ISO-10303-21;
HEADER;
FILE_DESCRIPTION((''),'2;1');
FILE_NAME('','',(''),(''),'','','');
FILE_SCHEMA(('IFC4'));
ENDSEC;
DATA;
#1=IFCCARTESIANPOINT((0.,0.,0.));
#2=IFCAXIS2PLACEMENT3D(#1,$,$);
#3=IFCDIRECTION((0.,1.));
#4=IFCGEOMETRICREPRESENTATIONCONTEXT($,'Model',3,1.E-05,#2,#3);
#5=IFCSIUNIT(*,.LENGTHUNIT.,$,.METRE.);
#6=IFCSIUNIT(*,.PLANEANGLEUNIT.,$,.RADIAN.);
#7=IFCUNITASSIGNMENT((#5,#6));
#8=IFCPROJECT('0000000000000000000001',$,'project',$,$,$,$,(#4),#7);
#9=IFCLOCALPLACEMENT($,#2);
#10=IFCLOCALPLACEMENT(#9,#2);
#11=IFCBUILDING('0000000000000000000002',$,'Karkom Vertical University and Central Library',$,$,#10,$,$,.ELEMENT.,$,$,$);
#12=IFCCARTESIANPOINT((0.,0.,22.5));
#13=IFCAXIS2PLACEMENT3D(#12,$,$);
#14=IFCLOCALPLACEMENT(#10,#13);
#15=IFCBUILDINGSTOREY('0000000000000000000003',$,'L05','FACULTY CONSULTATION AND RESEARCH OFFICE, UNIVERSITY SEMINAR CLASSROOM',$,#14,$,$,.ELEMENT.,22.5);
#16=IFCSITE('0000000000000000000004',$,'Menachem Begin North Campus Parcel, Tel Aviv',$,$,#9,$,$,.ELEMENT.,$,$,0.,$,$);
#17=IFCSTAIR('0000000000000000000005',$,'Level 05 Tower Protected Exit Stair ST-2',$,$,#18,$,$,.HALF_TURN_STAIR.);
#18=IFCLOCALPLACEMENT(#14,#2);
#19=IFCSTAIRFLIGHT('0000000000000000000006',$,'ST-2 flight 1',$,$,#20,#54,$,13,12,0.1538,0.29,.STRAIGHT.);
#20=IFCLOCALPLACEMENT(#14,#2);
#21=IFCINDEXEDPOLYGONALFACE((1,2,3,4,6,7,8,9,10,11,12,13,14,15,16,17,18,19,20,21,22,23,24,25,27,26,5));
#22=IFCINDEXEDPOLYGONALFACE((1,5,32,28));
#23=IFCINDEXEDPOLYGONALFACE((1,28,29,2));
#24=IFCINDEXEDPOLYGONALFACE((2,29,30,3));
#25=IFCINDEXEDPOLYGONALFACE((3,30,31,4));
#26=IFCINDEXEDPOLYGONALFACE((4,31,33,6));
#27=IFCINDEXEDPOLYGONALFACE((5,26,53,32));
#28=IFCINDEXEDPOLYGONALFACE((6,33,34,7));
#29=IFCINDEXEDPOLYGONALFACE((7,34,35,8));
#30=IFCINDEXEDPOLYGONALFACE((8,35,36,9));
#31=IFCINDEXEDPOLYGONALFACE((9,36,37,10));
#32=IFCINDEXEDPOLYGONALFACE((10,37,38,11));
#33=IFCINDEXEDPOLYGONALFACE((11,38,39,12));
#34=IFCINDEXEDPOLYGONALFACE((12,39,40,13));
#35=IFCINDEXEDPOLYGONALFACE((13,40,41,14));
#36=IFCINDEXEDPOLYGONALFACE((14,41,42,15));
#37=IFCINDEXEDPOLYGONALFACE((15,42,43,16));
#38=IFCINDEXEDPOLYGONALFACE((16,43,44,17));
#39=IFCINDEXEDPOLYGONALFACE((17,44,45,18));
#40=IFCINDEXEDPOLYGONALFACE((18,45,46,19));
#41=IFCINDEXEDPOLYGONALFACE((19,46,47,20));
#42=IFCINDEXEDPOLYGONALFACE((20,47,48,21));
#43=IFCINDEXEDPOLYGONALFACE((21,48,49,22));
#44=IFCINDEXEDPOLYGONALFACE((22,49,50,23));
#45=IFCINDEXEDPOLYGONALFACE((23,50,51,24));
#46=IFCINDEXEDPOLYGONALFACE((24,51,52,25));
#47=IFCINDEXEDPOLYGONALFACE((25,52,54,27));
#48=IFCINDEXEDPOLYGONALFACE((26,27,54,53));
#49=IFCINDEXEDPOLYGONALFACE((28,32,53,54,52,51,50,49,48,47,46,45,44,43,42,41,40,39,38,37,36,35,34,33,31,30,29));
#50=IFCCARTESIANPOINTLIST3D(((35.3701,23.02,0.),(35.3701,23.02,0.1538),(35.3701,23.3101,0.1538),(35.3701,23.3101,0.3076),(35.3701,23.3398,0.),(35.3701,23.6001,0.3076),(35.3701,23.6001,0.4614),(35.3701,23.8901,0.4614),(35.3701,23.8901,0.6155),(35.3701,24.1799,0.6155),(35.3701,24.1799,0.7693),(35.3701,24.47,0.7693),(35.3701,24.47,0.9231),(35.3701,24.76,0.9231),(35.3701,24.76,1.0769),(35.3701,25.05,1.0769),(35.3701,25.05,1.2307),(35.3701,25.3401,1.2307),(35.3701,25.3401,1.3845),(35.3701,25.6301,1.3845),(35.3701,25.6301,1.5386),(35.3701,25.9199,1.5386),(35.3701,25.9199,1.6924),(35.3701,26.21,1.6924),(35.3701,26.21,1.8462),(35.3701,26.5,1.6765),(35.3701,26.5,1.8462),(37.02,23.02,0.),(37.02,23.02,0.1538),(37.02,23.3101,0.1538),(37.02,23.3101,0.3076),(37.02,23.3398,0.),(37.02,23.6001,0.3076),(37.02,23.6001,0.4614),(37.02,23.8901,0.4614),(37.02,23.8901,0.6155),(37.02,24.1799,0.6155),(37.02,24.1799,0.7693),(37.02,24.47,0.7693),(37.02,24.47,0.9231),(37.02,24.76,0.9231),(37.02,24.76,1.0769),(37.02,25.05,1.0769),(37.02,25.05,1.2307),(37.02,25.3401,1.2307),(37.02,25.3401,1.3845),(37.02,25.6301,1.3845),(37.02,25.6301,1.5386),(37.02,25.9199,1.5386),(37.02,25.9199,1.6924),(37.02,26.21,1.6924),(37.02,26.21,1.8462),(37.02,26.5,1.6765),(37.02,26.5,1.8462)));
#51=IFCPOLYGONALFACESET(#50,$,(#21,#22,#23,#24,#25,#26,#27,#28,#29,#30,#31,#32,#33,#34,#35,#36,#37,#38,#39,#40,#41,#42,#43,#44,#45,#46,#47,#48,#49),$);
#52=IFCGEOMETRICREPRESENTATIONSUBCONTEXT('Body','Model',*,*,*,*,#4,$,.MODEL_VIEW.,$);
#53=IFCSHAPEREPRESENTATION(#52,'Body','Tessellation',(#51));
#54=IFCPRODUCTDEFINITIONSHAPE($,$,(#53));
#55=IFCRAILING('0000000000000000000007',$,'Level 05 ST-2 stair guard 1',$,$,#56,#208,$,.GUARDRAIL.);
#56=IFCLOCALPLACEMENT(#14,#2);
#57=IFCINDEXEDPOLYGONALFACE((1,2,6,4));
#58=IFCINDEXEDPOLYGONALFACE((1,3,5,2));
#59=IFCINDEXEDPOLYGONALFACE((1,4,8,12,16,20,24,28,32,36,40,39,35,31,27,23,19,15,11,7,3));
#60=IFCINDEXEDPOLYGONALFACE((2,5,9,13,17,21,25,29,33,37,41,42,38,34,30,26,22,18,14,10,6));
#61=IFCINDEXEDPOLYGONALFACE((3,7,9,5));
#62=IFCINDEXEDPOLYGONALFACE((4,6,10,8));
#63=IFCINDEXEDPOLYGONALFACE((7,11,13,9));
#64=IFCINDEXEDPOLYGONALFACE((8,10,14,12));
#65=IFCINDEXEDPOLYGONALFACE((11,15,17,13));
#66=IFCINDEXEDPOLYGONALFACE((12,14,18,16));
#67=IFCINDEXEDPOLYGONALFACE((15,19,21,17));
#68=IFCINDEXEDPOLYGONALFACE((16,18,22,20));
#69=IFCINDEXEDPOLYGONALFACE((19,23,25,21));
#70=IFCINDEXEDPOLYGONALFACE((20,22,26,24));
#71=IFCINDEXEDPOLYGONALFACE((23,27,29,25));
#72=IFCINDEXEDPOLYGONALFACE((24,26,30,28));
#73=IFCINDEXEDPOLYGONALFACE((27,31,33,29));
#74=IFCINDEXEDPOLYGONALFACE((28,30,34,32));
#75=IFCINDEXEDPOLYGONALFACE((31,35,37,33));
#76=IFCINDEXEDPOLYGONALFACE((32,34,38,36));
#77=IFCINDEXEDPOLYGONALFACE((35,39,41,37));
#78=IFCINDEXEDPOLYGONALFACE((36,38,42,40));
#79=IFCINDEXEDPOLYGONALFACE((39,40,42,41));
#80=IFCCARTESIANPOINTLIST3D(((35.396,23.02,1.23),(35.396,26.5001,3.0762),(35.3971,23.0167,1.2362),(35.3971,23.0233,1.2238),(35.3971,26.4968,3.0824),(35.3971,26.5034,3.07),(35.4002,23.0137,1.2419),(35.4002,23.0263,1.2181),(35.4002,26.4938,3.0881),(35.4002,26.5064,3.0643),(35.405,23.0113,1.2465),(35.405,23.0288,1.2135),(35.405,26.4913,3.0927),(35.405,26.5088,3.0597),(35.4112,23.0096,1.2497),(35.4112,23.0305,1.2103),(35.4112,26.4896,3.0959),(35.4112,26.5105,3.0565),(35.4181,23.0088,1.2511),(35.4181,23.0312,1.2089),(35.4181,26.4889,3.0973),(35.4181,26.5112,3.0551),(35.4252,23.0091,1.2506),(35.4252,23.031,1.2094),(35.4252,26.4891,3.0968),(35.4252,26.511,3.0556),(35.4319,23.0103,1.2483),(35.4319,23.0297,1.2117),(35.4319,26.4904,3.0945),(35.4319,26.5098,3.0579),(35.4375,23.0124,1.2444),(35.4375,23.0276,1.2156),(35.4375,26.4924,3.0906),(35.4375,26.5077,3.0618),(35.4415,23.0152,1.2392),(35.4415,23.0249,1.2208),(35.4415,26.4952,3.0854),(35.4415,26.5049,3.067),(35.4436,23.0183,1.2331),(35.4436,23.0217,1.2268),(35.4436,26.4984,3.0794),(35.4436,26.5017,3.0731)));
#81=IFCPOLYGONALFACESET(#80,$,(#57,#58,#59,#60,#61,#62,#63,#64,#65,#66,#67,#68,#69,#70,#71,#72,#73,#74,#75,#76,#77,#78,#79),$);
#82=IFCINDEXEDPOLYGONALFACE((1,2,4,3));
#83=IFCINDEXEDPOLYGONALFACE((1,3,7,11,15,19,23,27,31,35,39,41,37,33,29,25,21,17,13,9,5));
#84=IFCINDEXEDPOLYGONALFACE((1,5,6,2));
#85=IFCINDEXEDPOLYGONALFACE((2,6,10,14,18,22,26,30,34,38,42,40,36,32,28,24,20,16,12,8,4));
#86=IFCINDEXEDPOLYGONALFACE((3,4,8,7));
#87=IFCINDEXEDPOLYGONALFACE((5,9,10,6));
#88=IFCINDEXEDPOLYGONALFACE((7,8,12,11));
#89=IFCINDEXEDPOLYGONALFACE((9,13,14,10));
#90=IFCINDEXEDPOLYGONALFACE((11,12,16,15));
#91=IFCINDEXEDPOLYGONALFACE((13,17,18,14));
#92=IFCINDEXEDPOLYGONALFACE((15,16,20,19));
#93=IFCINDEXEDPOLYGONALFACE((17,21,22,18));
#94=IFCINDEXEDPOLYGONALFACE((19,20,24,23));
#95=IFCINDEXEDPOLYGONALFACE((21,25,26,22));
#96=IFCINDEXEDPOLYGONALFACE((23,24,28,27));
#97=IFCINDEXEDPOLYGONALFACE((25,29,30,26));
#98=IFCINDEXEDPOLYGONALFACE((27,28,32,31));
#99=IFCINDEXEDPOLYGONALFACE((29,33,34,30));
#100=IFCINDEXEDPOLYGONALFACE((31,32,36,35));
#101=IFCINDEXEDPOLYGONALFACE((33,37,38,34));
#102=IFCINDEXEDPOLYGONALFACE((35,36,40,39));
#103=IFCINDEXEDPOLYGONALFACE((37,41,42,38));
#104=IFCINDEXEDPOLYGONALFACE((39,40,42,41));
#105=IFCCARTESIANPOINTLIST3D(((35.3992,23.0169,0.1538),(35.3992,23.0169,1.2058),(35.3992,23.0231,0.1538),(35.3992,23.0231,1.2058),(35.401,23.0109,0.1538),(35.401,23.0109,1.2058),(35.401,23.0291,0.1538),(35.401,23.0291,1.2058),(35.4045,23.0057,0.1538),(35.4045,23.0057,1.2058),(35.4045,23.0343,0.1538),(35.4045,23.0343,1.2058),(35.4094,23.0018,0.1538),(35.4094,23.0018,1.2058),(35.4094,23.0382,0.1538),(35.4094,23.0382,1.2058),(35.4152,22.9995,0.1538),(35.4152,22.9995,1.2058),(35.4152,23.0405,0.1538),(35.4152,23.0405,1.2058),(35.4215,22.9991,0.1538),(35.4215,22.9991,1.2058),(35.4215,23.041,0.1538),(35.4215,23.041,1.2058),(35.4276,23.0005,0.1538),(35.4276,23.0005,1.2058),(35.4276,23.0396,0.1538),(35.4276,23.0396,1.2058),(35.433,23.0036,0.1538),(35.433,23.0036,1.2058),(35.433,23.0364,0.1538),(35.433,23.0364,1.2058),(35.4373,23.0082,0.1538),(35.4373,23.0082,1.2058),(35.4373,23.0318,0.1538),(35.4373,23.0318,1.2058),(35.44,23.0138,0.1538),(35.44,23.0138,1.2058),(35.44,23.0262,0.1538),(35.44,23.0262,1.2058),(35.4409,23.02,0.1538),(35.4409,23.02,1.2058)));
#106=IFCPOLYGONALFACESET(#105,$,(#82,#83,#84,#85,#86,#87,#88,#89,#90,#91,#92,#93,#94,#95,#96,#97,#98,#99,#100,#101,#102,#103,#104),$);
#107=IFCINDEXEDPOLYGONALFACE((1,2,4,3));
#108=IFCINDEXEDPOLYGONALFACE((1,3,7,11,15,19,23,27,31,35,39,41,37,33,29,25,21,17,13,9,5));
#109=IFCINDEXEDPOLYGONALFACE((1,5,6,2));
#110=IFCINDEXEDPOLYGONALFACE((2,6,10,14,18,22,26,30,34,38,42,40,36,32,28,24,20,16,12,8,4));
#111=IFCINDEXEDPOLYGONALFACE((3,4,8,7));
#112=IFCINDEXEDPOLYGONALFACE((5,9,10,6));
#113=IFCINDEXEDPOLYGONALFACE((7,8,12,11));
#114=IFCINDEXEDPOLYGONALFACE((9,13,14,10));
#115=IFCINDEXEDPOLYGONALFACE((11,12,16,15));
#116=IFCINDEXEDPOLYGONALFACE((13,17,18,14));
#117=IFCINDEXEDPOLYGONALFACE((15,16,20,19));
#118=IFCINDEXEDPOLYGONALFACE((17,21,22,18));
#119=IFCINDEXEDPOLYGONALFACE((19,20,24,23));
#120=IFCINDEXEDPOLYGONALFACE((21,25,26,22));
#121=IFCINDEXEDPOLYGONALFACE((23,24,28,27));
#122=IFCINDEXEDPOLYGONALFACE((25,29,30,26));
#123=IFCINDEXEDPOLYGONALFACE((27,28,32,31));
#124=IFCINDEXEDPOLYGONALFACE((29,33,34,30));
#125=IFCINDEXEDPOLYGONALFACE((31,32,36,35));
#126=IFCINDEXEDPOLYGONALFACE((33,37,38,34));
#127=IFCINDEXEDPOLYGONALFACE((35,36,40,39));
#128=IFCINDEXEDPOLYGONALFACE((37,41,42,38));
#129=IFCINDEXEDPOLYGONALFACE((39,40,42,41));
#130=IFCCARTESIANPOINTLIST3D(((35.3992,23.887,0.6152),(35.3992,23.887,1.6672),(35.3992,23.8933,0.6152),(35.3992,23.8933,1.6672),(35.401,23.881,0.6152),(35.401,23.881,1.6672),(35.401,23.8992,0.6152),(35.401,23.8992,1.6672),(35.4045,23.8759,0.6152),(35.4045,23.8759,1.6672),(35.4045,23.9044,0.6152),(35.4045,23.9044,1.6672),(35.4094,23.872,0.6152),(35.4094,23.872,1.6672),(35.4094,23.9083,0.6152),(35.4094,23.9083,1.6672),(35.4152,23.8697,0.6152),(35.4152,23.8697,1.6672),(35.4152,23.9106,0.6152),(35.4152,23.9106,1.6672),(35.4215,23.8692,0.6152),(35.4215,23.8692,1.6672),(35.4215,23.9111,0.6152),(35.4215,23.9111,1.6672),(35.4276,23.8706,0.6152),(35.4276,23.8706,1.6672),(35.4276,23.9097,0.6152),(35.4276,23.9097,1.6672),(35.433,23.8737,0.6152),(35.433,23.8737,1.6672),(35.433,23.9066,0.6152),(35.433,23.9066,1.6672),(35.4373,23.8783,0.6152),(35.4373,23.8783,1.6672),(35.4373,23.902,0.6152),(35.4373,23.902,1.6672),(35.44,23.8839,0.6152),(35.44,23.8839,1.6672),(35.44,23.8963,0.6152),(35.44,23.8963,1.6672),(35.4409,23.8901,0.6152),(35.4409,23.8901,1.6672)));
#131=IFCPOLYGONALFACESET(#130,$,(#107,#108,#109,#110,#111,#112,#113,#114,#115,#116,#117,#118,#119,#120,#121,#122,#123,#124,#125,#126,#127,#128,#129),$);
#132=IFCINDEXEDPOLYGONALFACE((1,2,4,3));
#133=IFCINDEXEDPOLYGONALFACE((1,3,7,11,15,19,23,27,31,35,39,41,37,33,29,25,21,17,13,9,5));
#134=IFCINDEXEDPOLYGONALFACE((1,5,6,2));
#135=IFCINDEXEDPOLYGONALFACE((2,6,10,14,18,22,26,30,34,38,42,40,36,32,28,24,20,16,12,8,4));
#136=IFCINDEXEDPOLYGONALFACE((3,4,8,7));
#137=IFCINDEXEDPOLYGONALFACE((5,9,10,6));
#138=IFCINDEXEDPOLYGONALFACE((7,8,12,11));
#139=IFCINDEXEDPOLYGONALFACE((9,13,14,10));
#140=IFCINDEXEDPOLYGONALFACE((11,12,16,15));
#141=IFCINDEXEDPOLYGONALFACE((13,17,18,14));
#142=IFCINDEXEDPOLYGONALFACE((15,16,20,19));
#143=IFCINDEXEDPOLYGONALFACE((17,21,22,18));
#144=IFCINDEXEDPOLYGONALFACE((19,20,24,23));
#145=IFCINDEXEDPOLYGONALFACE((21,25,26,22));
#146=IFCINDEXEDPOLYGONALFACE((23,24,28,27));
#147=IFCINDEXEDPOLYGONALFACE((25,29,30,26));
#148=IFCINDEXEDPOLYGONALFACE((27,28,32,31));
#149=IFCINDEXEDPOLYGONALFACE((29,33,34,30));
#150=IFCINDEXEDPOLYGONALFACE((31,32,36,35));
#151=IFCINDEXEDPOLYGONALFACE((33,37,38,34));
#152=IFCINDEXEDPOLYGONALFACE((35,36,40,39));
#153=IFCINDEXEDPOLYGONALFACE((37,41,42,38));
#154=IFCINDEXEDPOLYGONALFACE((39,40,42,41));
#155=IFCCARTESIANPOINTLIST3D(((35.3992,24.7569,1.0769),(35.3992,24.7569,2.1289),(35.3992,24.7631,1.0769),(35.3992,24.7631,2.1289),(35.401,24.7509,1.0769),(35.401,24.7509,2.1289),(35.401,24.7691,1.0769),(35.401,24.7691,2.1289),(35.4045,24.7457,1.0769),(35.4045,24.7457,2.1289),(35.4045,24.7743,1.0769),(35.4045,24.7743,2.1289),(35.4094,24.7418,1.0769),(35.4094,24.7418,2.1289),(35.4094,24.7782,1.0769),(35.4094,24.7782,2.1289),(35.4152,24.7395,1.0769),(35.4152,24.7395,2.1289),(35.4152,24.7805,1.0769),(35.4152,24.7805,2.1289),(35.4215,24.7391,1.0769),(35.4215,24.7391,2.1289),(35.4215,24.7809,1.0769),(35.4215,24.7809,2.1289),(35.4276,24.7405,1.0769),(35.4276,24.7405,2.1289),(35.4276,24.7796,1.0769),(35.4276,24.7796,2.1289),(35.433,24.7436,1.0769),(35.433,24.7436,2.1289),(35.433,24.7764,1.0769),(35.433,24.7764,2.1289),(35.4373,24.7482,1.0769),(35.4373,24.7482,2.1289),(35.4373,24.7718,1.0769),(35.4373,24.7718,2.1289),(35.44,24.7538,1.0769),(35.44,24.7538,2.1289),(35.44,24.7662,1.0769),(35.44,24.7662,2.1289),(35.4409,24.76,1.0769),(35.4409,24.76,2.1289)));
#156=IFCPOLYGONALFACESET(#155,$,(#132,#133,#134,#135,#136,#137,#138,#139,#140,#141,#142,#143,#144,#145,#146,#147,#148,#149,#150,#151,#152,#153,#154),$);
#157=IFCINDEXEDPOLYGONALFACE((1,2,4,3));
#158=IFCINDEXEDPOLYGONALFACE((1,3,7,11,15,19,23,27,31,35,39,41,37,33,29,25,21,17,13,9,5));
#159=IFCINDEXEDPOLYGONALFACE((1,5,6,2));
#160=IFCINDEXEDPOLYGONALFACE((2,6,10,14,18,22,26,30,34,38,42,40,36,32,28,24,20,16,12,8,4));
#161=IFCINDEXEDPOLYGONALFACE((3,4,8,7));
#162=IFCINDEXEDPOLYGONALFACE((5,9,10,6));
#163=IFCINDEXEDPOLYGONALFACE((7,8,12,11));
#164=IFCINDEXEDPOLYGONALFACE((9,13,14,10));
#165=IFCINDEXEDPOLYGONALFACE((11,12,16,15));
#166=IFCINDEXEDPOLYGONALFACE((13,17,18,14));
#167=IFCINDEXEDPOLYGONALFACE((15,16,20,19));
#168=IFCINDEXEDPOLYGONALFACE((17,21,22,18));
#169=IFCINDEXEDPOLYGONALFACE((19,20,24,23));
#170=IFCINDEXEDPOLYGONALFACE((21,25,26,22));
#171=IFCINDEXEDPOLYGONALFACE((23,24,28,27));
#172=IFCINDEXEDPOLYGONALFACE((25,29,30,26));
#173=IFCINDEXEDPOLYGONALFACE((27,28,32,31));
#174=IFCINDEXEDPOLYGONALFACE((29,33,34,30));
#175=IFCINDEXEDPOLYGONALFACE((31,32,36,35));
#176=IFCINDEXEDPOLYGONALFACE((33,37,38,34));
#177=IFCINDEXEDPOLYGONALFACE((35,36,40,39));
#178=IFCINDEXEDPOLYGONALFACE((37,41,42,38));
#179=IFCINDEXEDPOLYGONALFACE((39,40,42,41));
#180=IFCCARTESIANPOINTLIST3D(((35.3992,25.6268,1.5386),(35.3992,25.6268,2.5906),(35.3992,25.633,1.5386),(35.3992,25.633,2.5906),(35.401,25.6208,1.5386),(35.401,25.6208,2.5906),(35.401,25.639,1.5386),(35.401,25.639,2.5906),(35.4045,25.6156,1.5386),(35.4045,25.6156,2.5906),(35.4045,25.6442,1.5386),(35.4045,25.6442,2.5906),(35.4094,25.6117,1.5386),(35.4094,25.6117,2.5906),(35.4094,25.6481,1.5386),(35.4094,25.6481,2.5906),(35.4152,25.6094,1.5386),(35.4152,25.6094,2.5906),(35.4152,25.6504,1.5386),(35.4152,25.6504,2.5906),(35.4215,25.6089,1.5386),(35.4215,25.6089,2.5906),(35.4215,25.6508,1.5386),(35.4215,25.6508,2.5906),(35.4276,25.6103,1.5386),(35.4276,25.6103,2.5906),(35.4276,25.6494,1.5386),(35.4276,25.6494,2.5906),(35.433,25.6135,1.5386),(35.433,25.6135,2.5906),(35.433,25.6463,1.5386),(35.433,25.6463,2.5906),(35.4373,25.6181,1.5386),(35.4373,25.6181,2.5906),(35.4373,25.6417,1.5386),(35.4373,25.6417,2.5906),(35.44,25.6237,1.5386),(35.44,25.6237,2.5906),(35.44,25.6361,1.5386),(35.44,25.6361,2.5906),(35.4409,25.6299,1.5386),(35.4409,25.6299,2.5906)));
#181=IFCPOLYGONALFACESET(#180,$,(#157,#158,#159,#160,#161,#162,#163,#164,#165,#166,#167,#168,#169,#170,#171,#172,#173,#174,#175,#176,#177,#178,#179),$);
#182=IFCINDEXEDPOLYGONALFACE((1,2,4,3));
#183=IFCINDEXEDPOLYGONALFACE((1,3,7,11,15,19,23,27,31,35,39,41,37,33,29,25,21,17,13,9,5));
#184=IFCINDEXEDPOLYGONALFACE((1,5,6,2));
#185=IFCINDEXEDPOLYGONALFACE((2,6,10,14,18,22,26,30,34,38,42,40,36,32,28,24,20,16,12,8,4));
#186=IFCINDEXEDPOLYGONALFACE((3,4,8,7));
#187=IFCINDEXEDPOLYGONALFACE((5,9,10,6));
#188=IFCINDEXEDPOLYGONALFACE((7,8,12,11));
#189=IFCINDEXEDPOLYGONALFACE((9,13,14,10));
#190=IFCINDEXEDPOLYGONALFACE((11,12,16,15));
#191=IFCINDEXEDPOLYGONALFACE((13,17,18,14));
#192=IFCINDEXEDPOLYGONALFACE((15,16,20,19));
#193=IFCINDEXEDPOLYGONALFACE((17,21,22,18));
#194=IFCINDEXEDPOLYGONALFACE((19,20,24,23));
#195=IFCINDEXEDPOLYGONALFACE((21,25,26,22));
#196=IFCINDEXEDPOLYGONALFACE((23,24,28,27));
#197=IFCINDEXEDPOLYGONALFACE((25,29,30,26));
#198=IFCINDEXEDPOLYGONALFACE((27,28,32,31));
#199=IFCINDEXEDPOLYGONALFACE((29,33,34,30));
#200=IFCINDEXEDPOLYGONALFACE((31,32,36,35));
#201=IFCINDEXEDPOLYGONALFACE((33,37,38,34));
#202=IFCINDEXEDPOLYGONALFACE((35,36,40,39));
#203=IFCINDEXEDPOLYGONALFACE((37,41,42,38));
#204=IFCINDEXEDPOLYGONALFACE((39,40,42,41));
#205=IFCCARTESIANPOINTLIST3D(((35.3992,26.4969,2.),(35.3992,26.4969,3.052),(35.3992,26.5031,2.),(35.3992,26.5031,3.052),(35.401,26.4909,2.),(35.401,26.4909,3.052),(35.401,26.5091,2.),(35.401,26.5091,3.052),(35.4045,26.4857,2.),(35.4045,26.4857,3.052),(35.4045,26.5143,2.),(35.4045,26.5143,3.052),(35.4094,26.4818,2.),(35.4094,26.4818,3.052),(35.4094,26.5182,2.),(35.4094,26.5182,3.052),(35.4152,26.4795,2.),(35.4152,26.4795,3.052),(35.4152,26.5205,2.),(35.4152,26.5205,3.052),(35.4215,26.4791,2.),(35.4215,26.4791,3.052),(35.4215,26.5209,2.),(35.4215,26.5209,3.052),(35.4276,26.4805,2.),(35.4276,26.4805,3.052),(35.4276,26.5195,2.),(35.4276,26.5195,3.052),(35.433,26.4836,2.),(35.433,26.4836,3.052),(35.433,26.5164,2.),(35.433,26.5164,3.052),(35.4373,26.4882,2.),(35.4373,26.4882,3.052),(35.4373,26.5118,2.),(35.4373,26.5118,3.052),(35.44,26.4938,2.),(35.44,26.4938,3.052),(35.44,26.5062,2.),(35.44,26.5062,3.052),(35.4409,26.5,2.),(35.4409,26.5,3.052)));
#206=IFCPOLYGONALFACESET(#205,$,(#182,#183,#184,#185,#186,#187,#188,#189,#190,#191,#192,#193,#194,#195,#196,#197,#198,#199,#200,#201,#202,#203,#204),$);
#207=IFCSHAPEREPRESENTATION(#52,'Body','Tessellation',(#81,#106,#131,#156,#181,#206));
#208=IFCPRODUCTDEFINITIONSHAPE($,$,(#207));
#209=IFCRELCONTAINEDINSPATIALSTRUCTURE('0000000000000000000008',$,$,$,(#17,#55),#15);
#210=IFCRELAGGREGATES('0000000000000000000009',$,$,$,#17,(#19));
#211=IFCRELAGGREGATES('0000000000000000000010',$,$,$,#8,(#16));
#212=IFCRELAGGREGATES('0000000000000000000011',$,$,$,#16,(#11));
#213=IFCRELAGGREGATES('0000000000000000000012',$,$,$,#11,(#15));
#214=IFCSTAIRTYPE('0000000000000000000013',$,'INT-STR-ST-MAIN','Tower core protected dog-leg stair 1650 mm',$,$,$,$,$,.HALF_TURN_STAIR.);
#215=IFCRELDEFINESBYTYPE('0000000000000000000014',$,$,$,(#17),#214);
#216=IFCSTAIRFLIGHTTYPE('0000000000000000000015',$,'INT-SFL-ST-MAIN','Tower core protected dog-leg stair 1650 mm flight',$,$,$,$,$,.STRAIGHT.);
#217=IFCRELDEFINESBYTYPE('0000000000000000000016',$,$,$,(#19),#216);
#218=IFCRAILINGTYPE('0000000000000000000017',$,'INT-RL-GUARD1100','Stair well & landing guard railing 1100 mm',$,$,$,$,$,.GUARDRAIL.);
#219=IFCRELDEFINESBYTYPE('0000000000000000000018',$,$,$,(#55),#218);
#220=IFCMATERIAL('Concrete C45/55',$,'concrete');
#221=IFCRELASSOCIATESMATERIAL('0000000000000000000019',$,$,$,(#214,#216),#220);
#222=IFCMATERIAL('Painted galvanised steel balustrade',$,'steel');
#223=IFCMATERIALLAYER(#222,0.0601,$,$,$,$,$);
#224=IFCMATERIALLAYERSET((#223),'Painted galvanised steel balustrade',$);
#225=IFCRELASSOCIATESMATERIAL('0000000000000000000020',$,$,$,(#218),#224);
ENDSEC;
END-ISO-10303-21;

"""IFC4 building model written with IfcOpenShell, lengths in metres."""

from ifc_helpers import new_model, si_unit, direction, frame, origin, origin_2d, place, context, subcontext, project, spatial, polyline, circle, outline, extrude, material, layer, layer_set, type_object, element, aggregate, save


model = new_model("IFC4")

# Units and contexts
model_context = context("Model", 3, precision=1e-05, world=origin(), true_north=direction((0.0, 1.0)))
body_context = subcontext(model_context, "Body", "Model", "MODEL_VIEW")
ifc_project = project(units=[si_unit("LENGTHUNIT", "METRE"), si_unit("PLANEANGLEUNIT", "RADIAN")], contexts=[model_context])

# Site, building, storey
site_placement = place(None, origin())
site = spatial("IfcSite", under=ifc_project, at=site_placement, Name="Menachem Begin North Campus Parcel, Tel Aviv", CompositionType="ELEMENT", RefElevation=0.0)
building_placement = place(site_placement, origin())
building = spatial("IfcBuilding", under=site, at=building_placement, Name="Karkom Vertical University and Central Library", CompositionType="ELEMENT")
storey_placement = place(building_placement, frame((0.0, 0.0, 22.5)))
storey = spatial("IfcBuildingStorey", under=building, at=storey_placement, Name="L05", Description="FACULTY CONSULTATION AND RESEARCH OFFICE, UNIVERSITY SEMINAR CLASSROOM", CompositionType="ELEMENT", Elevation=22.5)

# Shared definitions
ifc_material_1 = material(Name="Concrete C45/55", Category="concrete")

# Stair, stair flight
stair_type = type_object("IfcStairType", Name="INT-STR-ST-MAIN", Description="Tower core protected dog-leg stair 1650 mm", PredefinedType="HALF_TURN_STAIR", material=ifc_material_1)
stair_placement = place(storey_placement, origin())
stair = element("IfcStair", 1, at=stair_placement, inside=storey, type_object=stair_type, Name="Level 05 Tower Protected Exit Stair ST-2", PredefinedType="HALF_TURN_STAIR")
stair_flight_type = type_object("IfcStairFlightType", Name="INT-SFL-ST-MAIN", Description="Tower core protected dog-leg stair 1650 mm flight", PredefinedType="STRAIGHT", material=ifc_material_1)
stair_flight_placement = place(storey_placement, frame((36.1951, 23.02, 0.0), z_axis=(0.0, 0.0, 1.0), x_axis=(0.0, 1.0, 0.0)))
stair_flight = element("IfcStairFlight", 2, at=stair_flight_placement, type_object=stair_flight_type, Name="ST-2 flight 1", NumberOfRisers=13, NumberOfTreads=12, PredefinedType="STRAIGHT", RiserHeight=0.1538, TreadLength=0.29, context=body_context, shape_type="SweptSolid", body=[
    extrude(outline(polyline([(0.0, 0.0), (0.0, 0.1538), (0.29, 0.1538), (0.29, 0.3076), (0.5801, 0.3076), (0.5801, 0.4614), (0.8701, 0.4614), (0.8701, 0.6155), (1.1599, 0.6155), (1.1599, 0.7693), (1.45, 0.7693), (1.45, 0.9231), (1.74, 0.9231), (1.74, 1.0769), (2.03, 1.0769), (2.03, 1.2307), (2.3201, 1.2307), (2.3201, 1.3845), (2.6101, 1.3845), (2.6101, 1.5386), (2.8999, 1.5386), (2.8999, 1.6924), (3.1899, 1.6924), (3.1899, 1.8462), (3.48, 1.8462), (3.48, 2.0), (3.48, 1.6765), (0.3198, 0.0), (0.0, 0.0)])), frame((0.0, 0.825, 0.0), z_axis=(0.0, -1.0, 0.0), x_axis=(1.0, 0.0, 0.0)), (0.0, 0.0, 1.0), 1.6499),
])
aggregate(stair, [stair_flight])

# Railing
ifc_material_2 = material(Name="Painted galvanised steel balustrade", Category="steel")
ifc_layer_1 = layer(ifc_material_2, 0.0601)
ifc_layer_set_1 = layer_set([ifc_layer_1], Name="Painted galvanised steel balustrade")
railing_type_1 = type_object("IfcRailingType", Name="INT-RL-GUARD1100", Description="Stair well & landing guard railing 1100 mm", PredefinedType="GUARDRAIL", material=ifc_layer_set_1)
railing_1_placement = place(storey_placement, frame((35.4199, 23.02, 0.1538)))
element("IfcRailing", 3, at=railing_1_placement, inside=storey, type_object=railing_type_1, Name="Level 05 ST-2 stair guard 1", PredefinedType="GUARDRAIL", context=body_context, shape_type="SweptSolid", body=[
    extrude(circle(Radius=0.0239, at=origin_2d()), frame((0.0, 0.0, 1.0762), z_axis=(0.0, 0.883384, 0.468651), x_axis=(-1.0, 0.0, 0.0)), (0.0, 0.0, 1.0), 3.9395),
    extrude(circle(Radius=0.021, at=origin_2d()), origin(), (0.0, 0.0, 1.0), 1.052),
    extrude(circle(Radius=0.021, at=origin_2d()), frame((0.0, 0.8701, 0.4614)), (0.0, 0.0, 1.0), 1.052),
    extrude(circle(Radius=0.021, at=origin_2d()), frame((0.0, 1.74, 0.9231)), (0.0, 0.0, 1.0), 1.052),
    extrude(circle(Radius=0.021, at=origin_2d()), frame((0.0, 2.6099, 1.3848)), (0.0, 0.0, 1.0), 1.052),
    extrude(circle(Radius=0.021, at=origin_2d()), frame((0.0, 3.48, 1.8462)), (0.0, 0.0, 1.0), 1.052),
])

save(model, "model.ifc")
